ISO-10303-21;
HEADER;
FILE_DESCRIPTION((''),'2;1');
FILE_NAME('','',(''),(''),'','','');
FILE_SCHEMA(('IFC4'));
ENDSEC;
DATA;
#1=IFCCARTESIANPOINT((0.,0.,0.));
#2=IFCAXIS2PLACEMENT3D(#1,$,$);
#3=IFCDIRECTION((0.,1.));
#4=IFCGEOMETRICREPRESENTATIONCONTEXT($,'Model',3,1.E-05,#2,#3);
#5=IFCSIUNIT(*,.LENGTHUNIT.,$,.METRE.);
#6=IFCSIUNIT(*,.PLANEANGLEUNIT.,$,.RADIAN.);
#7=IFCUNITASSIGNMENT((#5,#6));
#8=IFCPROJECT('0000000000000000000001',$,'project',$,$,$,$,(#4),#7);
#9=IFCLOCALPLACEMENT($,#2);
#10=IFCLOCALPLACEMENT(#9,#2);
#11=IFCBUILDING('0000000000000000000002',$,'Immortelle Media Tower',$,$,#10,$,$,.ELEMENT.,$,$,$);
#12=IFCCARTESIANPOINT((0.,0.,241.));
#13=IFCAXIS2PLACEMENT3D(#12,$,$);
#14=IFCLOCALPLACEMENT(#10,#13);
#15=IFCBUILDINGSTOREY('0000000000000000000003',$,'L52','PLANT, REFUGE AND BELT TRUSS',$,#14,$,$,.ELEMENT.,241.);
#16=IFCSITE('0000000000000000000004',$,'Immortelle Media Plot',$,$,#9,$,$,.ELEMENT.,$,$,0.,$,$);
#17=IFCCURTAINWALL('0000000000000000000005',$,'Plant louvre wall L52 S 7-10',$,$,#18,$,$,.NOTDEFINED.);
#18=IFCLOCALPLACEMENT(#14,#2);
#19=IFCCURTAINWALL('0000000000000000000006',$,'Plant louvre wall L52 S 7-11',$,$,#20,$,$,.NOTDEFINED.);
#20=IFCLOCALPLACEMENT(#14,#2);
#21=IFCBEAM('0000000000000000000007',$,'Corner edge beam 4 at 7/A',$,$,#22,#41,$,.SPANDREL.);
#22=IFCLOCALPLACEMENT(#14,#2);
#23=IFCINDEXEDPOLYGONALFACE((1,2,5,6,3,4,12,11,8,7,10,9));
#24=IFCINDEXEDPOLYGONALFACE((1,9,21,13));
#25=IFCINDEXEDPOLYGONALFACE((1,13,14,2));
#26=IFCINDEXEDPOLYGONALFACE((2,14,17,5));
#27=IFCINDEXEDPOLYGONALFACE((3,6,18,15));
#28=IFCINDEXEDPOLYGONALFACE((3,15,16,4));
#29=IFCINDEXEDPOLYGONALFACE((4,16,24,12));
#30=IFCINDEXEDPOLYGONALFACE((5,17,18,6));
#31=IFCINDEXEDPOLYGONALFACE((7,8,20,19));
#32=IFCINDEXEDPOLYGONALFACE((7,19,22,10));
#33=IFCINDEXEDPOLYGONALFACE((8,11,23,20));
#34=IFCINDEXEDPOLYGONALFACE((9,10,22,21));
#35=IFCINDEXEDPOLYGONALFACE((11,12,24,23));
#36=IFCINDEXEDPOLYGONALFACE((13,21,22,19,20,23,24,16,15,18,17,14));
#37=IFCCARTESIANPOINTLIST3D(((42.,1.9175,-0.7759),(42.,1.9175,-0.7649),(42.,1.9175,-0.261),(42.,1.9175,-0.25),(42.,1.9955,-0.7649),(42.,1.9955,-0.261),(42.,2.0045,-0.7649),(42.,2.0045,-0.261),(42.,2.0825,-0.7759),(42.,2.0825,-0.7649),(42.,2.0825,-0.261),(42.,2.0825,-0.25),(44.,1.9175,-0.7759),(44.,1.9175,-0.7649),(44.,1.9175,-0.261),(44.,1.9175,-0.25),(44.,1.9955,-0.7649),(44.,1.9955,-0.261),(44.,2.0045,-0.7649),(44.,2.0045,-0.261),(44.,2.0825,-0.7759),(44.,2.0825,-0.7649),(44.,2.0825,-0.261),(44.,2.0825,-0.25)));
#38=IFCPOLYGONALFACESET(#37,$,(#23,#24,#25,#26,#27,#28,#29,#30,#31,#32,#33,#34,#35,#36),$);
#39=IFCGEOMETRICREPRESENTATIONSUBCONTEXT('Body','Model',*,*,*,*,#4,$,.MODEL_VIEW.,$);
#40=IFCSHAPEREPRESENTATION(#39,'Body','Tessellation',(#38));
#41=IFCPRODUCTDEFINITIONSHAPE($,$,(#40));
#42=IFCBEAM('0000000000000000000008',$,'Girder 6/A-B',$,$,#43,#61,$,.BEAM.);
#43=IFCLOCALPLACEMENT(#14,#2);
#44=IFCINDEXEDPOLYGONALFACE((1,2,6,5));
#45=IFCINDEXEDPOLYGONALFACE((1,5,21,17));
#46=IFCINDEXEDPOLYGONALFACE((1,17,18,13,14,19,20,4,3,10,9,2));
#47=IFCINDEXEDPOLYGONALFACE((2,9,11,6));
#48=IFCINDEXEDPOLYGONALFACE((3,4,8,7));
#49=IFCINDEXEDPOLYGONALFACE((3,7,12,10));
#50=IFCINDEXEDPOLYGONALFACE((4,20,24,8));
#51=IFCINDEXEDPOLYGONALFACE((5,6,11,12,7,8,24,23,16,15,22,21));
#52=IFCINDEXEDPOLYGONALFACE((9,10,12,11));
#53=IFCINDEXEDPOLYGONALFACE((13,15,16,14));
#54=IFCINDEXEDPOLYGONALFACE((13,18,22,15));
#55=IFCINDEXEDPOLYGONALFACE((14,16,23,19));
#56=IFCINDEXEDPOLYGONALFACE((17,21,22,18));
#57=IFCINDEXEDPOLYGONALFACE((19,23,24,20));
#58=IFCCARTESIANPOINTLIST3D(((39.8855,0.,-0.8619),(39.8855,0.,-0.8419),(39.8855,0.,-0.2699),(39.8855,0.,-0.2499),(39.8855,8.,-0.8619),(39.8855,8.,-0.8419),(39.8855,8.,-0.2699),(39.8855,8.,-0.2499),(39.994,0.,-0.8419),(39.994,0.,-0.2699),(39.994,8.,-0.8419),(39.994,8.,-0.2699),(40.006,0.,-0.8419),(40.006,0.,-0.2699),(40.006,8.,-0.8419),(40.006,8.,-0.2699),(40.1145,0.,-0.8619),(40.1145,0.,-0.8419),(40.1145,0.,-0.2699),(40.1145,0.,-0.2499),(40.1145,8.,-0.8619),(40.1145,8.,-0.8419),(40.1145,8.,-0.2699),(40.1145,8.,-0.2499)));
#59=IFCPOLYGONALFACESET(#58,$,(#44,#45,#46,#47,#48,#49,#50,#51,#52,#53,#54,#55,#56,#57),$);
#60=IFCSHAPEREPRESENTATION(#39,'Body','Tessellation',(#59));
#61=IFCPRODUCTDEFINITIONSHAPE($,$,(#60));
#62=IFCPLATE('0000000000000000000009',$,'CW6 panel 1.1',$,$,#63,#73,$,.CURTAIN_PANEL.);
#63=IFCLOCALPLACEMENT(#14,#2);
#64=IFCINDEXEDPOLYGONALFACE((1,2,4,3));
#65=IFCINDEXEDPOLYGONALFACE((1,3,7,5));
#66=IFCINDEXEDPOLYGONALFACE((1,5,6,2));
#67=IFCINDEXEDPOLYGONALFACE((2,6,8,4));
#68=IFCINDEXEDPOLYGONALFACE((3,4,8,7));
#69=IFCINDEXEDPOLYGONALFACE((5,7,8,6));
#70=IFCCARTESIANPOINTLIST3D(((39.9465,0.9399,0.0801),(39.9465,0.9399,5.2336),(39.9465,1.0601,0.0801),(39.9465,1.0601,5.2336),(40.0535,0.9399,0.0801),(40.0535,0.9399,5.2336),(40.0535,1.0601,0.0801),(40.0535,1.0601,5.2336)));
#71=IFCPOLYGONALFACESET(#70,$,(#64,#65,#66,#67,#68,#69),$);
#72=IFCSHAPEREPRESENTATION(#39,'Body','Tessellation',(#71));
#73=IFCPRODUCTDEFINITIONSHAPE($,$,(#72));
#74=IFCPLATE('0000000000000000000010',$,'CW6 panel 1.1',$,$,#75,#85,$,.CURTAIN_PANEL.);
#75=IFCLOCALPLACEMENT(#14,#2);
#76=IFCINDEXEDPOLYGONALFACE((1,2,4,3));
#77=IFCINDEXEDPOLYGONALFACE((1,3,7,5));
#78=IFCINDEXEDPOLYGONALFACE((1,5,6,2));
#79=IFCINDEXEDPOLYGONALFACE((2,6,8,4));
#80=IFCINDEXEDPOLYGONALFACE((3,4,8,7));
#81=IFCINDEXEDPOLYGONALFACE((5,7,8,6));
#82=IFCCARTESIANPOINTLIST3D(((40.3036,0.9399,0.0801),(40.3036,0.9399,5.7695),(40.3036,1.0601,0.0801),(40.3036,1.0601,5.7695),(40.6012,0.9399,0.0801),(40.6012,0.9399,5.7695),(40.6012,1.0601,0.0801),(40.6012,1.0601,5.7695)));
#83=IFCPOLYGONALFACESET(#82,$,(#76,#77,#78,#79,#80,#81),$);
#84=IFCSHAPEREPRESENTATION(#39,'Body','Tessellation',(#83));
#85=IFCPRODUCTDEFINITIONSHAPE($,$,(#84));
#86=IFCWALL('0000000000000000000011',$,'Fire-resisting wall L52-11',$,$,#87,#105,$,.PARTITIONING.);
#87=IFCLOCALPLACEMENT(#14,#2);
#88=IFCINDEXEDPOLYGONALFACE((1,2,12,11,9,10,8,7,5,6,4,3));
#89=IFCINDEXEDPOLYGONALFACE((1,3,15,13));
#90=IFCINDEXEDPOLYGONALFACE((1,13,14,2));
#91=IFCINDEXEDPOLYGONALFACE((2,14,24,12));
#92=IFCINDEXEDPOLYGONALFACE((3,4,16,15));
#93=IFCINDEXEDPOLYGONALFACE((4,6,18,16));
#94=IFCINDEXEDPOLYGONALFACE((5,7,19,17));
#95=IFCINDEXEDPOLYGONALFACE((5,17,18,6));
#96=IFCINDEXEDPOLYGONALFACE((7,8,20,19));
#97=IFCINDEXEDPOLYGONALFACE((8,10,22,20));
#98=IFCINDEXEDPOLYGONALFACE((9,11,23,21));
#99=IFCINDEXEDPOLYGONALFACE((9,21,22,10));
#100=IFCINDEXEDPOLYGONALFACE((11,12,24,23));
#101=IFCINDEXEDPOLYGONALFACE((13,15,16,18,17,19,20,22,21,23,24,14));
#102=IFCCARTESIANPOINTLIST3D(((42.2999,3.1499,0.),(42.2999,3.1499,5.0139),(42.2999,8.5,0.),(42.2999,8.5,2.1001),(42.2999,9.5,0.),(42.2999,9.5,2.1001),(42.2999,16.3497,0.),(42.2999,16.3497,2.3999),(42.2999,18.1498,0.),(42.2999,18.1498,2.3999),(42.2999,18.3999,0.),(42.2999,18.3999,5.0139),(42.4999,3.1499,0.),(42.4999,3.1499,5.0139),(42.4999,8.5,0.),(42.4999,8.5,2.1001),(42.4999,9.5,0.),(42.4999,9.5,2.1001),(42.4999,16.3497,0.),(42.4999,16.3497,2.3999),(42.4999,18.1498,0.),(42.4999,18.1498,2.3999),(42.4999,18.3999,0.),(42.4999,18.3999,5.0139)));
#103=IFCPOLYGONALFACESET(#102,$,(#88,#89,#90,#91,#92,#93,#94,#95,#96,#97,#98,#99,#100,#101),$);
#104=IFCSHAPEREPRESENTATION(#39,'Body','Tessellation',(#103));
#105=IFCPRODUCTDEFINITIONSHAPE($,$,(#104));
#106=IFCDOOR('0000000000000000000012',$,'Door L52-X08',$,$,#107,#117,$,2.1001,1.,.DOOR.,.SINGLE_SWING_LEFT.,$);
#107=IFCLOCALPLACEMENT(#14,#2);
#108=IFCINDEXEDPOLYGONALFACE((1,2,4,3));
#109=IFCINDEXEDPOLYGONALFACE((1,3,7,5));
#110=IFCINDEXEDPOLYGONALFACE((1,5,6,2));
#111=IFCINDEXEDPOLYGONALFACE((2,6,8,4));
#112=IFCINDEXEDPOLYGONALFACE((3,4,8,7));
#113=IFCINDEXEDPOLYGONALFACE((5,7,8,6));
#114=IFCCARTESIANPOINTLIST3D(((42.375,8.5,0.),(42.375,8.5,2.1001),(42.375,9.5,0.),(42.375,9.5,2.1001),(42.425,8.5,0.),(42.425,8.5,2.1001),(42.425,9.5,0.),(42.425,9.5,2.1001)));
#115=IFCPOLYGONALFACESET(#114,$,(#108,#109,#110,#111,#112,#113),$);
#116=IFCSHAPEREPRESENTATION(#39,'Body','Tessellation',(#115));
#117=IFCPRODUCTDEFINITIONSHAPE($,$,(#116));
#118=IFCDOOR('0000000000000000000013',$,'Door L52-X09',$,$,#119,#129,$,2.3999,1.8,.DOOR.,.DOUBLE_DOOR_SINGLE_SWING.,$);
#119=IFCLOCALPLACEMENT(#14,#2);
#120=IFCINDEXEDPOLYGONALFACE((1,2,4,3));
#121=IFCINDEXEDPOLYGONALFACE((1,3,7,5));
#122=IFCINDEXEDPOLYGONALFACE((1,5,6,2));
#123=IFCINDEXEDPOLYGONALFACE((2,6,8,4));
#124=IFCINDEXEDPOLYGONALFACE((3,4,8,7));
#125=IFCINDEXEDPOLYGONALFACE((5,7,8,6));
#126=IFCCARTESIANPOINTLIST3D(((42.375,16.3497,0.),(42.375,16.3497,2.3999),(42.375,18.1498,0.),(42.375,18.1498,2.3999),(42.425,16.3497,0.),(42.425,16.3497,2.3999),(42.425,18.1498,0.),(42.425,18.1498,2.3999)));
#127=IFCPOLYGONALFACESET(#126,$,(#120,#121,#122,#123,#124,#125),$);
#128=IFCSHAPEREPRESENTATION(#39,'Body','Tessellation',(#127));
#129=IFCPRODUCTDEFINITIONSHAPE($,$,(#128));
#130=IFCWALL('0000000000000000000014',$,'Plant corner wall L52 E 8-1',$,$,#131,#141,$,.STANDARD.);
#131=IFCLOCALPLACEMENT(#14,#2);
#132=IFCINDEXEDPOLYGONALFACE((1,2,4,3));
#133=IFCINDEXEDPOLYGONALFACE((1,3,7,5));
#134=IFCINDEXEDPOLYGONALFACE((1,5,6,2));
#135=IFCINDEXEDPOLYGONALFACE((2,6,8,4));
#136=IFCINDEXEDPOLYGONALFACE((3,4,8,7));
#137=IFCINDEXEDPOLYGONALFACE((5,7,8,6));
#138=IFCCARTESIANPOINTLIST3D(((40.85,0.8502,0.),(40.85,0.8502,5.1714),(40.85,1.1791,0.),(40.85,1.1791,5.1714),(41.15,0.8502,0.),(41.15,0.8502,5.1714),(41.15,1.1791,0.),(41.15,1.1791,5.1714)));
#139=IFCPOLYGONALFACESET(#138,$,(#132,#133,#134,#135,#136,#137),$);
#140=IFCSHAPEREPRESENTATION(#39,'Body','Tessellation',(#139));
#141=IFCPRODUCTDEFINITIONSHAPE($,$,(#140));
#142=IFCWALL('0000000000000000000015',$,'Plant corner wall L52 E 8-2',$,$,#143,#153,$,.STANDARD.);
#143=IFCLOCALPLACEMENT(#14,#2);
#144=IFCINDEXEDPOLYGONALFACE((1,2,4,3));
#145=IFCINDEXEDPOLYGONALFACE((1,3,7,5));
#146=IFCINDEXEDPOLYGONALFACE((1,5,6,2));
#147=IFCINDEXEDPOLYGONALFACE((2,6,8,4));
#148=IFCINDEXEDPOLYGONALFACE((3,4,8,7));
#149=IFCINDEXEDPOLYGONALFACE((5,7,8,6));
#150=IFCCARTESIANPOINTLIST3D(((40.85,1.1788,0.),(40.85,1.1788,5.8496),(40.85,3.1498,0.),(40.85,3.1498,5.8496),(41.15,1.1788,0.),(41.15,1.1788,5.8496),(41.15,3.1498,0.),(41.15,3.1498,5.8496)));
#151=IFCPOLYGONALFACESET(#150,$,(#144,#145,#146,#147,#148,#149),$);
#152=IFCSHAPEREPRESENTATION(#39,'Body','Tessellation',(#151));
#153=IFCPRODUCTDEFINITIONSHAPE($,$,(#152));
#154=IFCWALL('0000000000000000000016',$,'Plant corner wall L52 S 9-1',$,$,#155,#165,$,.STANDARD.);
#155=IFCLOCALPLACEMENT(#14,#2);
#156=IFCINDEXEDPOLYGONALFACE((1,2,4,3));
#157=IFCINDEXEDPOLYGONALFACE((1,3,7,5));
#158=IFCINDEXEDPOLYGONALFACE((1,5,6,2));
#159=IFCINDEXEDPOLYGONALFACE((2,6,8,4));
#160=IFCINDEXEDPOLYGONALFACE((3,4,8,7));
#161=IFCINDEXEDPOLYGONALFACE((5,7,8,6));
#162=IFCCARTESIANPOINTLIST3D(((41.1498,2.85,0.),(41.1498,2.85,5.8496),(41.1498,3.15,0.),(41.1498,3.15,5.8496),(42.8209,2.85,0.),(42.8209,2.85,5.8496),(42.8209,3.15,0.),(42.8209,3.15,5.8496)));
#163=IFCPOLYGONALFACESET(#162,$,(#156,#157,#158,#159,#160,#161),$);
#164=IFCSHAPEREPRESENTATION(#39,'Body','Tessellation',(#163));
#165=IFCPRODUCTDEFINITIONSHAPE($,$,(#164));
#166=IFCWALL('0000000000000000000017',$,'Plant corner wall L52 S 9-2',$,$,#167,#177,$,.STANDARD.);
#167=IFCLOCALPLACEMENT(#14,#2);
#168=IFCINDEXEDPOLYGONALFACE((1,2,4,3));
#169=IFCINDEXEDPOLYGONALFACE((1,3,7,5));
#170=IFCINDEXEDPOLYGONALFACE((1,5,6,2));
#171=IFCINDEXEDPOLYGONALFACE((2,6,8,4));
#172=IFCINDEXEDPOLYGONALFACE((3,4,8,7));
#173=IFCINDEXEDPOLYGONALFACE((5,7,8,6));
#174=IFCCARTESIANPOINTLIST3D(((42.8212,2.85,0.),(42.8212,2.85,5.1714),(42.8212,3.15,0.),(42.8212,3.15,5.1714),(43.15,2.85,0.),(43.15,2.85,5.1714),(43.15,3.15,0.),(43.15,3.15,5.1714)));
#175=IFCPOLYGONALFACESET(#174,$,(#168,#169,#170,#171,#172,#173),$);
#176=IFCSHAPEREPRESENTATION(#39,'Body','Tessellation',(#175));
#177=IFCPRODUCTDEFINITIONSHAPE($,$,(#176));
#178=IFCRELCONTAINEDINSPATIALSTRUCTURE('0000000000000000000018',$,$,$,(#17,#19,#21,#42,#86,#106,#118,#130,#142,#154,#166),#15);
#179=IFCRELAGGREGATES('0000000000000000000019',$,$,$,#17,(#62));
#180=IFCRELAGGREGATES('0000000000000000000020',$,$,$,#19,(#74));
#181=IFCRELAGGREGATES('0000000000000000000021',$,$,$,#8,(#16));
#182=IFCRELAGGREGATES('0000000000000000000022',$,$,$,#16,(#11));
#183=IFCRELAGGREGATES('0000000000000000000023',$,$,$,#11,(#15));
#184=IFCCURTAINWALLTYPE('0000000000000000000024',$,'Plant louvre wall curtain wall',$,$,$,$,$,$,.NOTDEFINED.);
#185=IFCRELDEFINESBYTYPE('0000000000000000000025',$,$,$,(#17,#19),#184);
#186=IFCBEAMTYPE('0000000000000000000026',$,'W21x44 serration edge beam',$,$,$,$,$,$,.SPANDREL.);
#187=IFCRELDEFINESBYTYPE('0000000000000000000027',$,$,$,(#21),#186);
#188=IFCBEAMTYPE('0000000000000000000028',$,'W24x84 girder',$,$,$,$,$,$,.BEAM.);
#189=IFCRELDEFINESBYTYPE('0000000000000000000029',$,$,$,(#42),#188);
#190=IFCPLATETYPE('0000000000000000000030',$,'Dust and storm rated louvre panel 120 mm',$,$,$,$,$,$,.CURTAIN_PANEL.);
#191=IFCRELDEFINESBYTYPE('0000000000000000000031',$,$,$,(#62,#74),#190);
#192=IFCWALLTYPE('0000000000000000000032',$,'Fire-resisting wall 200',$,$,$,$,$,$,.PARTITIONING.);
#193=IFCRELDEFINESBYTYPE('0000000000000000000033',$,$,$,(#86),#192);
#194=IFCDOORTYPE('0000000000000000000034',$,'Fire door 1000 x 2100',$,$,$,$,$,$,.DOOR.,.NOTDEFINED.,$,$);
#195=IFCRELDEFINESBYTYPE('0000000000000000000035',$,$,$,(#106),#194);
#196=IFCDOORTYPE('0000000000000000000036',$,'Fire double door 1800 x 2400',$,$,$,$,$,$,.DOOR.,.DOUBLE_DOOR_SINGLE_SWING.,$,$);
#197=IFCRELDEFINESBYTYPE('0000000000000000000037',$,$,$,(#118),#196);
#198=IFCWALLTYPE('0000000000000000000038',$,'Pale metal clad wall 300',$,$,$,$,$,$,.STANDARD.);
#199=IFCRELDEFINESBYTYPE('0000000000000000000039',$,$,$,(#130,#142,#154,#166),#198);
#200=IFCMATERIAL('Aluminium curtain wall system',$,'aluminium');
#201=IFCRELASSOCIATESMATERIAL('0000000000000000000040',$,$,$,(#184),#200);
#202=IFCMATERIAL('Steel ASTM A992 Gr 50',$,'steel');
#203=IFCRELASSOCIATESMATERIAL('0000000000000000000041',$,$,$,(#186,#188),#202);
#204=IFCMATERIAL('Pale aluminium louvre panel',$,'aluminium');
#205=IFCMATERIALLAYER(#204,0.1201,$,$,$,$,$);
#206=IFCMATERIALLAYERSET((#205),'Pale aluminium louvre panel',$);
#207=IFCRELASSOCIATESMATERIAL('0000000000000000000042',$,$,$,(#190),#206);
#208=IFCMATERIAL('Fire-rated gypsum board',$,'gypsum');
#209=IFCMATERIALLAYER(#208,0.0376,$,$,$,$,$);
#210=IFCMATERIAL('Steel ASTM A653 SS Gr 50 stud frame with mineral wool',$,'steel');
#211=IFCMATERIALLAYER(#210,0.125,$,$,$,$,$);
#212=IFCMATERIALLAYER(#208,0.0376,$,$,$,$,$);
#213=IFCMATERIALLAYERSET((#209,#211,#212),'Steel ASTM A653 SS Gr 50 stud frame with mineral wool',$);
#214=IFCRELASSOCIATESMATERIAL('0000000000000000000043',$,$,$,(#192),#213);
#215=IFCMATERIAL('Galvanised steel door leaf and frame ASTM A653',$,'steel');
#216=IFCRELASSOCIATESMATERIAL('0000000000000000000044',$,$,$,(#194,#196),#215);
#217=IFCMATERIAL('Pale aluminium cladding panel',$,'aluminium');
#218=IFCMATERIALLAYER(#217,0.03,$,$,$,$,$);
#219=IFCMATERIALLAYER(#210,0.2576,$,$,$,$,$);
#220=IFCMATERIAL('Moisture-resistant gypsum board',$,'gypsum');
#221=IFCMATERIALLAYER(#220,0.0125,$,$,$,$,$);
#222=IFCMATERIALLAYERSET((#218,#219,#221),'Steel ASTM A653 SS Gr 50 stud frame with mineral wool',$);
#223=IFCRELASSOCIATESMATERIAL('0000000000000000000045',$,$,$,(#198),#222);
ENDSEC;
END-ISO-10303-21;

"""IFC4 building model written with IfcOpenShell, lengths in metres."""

from ifc_helpers import new_model, si_unit, direction, frame, frame_2d, origin, origin_2d, place, context, subcontext, project, spatial, rectangle, i_section, extrude, material, layer, layer_set, material_profile, profile_set, type_object, element, fill, aggregate, save


model = new_model("IFC4")

# Units and contexts
model_context = context("Model", 3, precision=1e-05, world=origin(), true_north=direction((0.0, 1.0)))
body_context = subcontext(model_context, "Body", "Model", "MODEL_VIEW")
ifc_project = project(units=[si_unit("LENGTHUNIT", "METRE"), si_unit("PLANEANGLEUNIT", "RADIAN")], contexts=[model_context])

# Site, building, storey
site_placement = place(None, origin())
site = spatial("IfcSite", under=ifc_project, at=site_placement, Name="Immortelle Media Plot", CompositionType="ELEMENT", RefElevation=0.0)
building_placement = place(site_placement, origin())
building = spatial("IfcBuilding", under=site, at=building_placement, Name="Immortelle Media Tower", CompositionType="ELEMENT")
storey_placement = place(building_placement, frame((0.0, 0.0, 241.0)))
storey = spatial("IfcBuildingStorey", under=building, at=storey_placement, Name="L52", Description="PLANT, REFUGE AND BELT TRUSS", CompositionType="ELEMENT", Elevation=241.0)

# Shared definitions
ifc_material_1 = material(Name="Steel ASTM A992 Gr 50", Category="steel")

# Shared definitions
ifc_material_2 = material(Name="Aluminium curtain wall system", Category="aluminium")
curtain_wall_type = type_object("IfcCurtainWallType", Name="Plant louvre wall curtain wall", PredefinedType="NOTDEFINED", material=ifc_material_2)

# Curtain walls
curtain_wall_1_placement = place(storey_placement, origin())
curtain_wall_1 = element("IfcCurtainWall", 1, at=curtain_wall_1_placement, inside=storey, type_object=curtain_wall_type, Name="Plant louvre wall L52 S 7-10", PredefinedType="NOTDEFINED")
curtain_wall_2_placement = place(storey_placement, origin())
curtain_wall_2 = element("IfcCurtainWall", 2, at=curtain_wall_2_placement, inside=storey, type_object=curtain_wall_type, Name="Plant louvre wall L52 S 7-11", PredefinedType="NOTDEFINED")

# Beams
ifc_material_profile_1 = material_profile(ifc_material_1, i_section(OverallWidth=0.165, OverallDepth=0.5259, WebThickness=0.009, FlangeThickness=0.011, at=origin_2d()), Name="W21x44")
ifc_profile_set_1 = profile_set([ifc_material_profile_1], Name="Steel ASTM A992 Gr 50")
beam_type_1 = type_object("IfcBeamType", Name="W21x44 serration edge beam", PredefinedType="SPANDREL", material=ifc_profile_set_1)
for number, where, z_axis, x_axis, name in (
    (3, (44.0, 2.0, -0.5129), (-1.0, 0.0, 0.0), (0.0, -1.0, 0.0), "Corner edge beam 4 at 7/A"),
):
    element("IfcBeam", number, at=place(storey_placement, frame(where, z_axis=z_axis, x_axis=x_axis)), inside=storey, type_object=beam_type_1, Name=name, PredefinedType="SPANDREL", context=body_context, shape_type="SweptSolid", body=[
        extrude(i_section(OverallWidth=0.165, OverallDepth=0.5259, WebThickness=0.009, FlangeThickness=0.011, at=origin_2d()), origin(), (0.0, 0.0, 1.0), 2.0),
    ])
ifc_material_profile_2 = material_profile(ifc_material_1, i_section(OverallWidth=0.229, OverallDepth=0.6121, WebThickness=0.012, FlangeThickness=0.02, at=origin_2d()), Name="W24x84")
ifc_profile_set_2 = profile_set([ifc_material_profile_2], Name="Steel ASTM A992 Gr 50")
beam_type_2 = type_object("IfcBeamType", Name="W24x84 girder", PredefinedType="BEAM", material=ifc_profile_set_2)
beam_placement = place(storey_placement, frame((40.0, 0.0, -0.5559), z_axis=(0.0, 1.0, 0.0), x_axis=(-1.0, 0.0, 0.0)))
element("IfcBeam", 4, at=beam_placement, inside=storey, type_object=beam_type_2, Name="Girder 6/A-B", PredefinedType="BEAM", context=body_context, shape_type="SweptSolid", body=[
    extrude(i_section(OverallWidth=0.229, OverallDepth=0.6121, WebThickness=0.012, FlangeThickness=0.02, at=origin_2d()), origin(), (0.0, 0.0, 1.0), 8.0),
])

# Plates
ifc_material_3 = material(Name="Pale aluminium louvre panel", Category="aluminium")
ifc_layer_1 = layer(ifc_material_3, 0.1201)
ifc_layer_set_1 = layer_set([ifc_layer_1], Name="Pale aluminium louvre panel")
plate_type = type_object("IfcPlateType", Name="Dust and storm rated louvre panel 120 mm", PredefinedType="CURTAIN_PANEL", material=ifc_layer_set_1)
plate_1_placement = place(storey_placement, frame((40.0, 1.0, 0.0801), z_axis=(0.0, 0.0, 1.0), x_axis=(1.0, 0.0, 0.0)))
plate_1 = element("IfcPlate", 5, at=plate_1_placement, type_object=plate_type, Name="CW6 panel 1.1", PredefinedType="CURTAIN_PANEL", context=body_context, shape_type="SweptSolid", body=[
    extrude(rectangle(XDim=0.1069, YDim=0.1201, at=origin_2d()), origin(), (0.0, 0.0, 1.0), 5.1536),
])
aggregate(curtain_wall_1, [plate_1])
plate_2_placement = place(storey_placement, frame((40.4524, 1.0, 0.0801), z_axis=(0.0, 0.0, 1.0), x_axis=(1.0, 0.0, 0.0)))
plate_2 = element("IfcPlate", 6, at=plate_2_placement, type_object=plate_type, Name="CW6 panel 1.1", PredefinedType="CURTAIN_PANEL", context=body_context, shape_type="SweptSolid", body=[
    extrude(rectangle(XDim=0.2976, YDim=0.1201, at=origin_2d()), origin(), (0.0, 0.0, 1.0), 5.6895),
])
aggregate(curtain_wall_2, [plate_2])

# Wall, openings, doors
ifc_material_4 = material(Name="Fire-rated gypsum board", Category="gypsum")
ifc_layer_2 = layer(ifc_material_4, 0.0376)
ifc_material_5 = material(Name="Steel ASTM A653 SS Gr 50 stud frame with mineral wool", Category="steel")
ifc_layer_3 = layer(ifc_material_5, 0.125)
ifc_layer_4 = layer(ifc_material_4, 0.0376)
ifc_layer_set_2 = layer_set([ifc_layer_2, ifc_layer_3, ifc_layer_4], Name="Steel ASTM A653 SS Gr 50 stud frame with mineral wool")
wall_type_1 = type_object("IfcWallType", Name="Fire-resisting wall 200", PredefinedType="PARTITIONING", material=ifc_layer_set_2)
wall_1_placement = place(storey_placement, frame((42.3999, 3.1499, 0.0), z_axis=(0.0, 0.0, 1.0), x_axis=(0.0, 1.0, 0.0)))
wall_1 = element("IfcWall", 7, at=wall_1_placement, inside=storey, type_object=wall_type_1, Name="Fire-resisting wall L52-11", PredefinedType="PARTITIONING", context=body_context, shape_type="SweptSolid", body=[
    extrude(rectangle(XDim=15.25, YDim=0.2, at=frame_2d((7.625, 0.0))), origin(), (0.0, 0.0, 1.0), 5.0139),
])
opening_1_placement = place(wall_1_placement, frame((5.3501, 0.0, 0.0)))
opening_1 = element("IfcOpeningElement", 8, at=opening_1_placement, cuts=wall_1, PredefinedType="OPENING", context=body_context, shape_type="SweptSolid", body=[
    extrude(rectangle(XDim=1.0, YDim=2.1001, at=frame_2d((0.5, 1.05))), frame((0.0, 0.1099, 0.0), z_axis=(0.0, -1.0, 0.0), x_axis=(1.0, 0.0, 0.0)), (0.0, 0.0, 1.0), 0.22),
])
opening_2_placement = place(wall_1_placement, frame((13.2, 0.0, 0.0)))
opening_2 = element("IfcOpeningElement", 9, at=opening_2_placement, cuts=wall_1, PredefinedType="OPENING", context=body_context, shape_type="SweptSolid", body=[
    extrude(rectangle(XDim=1.8, YDim=2.3999, at=frame_2d((0.8999, 1.2))), frame((0.0, 0.1099, 0.0), z_axis=(0.0, -1.0, 0.0), x_axis=(1.0, 0.0, 0.0)), (0.0, 0.0, 1.0), 0.22),
])
ifc_material_6 = material(Name="Galvanised steel door leaf and frame ASTM A653", Category="steel")
door_type_1 = type_object("IfcDoorType", Name="Fire door 1000 x 2100", OperationType="NOTDEFINED", PredefinedType="DOOR", material=ifc_material_6)
door_1_placement = place(opening_1_placement, origin())
door_1 = element("IfcDoor", 10, at=door_1_placement, inside=storey, type_object=door_type_1, Name="Door L52-X08", OperationType="SINGLE_SWING_LEFT", OverallHeight=2.1001, OverallWidth=1.0, PredefinedType="DOOR", context=body_context, shape_type="SweptSolid", body=[
    extrude(rectangle(XDim=1.0, YDim=2.1001, at=frame_2d((0.5, 1.05))), frame((0.0, 0.0249, 0.0), z_axis=(0.0, -1.0, 0.0), x_axis=(1.0, 0.0, 0.0)), (0.0, 0.0, 1.0), 0.05),
])
fill(opening_1, door_1)
door_type_2 = type_object("IfcDoorType", Name="Fire double door 1800 x 2400", OperationType="DOUBLE_DOOR_SINGLE_SWING", PredefinedType="DOOR", material=ifc_material_6)
door_2_placement = place(opening_2_placement, origin())
door_2 = element("IfcDoor", 11, at=door_2_placement, inside=storey, type_object=door_type_2, Name="Door L52-X09", OperationType="DOUBLE_DOOR_SINGLE_SWING", OverallHeight=2.3999, OverallWidth=1.8, PredefinedType="DOOR", context=body_context, shape_type="SweptSolid", body=[
    extrude(rectangle(XDim=1.8, YDim=2.3999, at=frame_2d((0.8999, 1.2))), frame((0.0, 0.0249, 0.0), z_axis=(0.0, -1.0, 0.0), x_axis=(1.0, 0.0, 0.0)), (0.0, 0.0, 1.0), 0.05),
])
fill(opening_2, door_2)

# Walls
ifc_material_7 = material(Name="Pale aluminium cladding panel", Category="aluminium")
ifc_layer_5 = layer(ifc_material_7, 0.03)
ifc_layer_6 = layer(ifc_material_5, 0.2576)
ifc_material_8 = material(Name="Moisture-resistant gypsum board", Category="gypsum")
ifc_layer_7 = layer(ifc_material_8, 0.0125)
ifc_layer_set_3 = layer_set([ifc_layer_5, ifc_layer_6, ifc_layer_7], Name="Steel ASTM A653 SS Gr 50 stud frame with mineral wool")
wall_type_2 = type_object("IfcWallType", Name="Pale metal clad wall 300", PredefinedType="STANDARD", material=ifc_layer_set_3)
wall_2_placement = place(storey_placement, frame((41.0, 0.8501, 0.0), z_axis=(0.0, 0.0, 1.0), x_axis=(0.0, 1.0, 0.0)))
element("IfcWall", 12, at=wall_2_placement, inside=storey, type_object=wall_type_2, Name="Plant corner wall L52 E 8-1", PredefinedType="STANDARD", context=body_context, shape_type="SweptSolid", body=[
    extrude(rectangle(XDim=0.3289, YDim=0.3, at=frame_2d((0.1646, 0.0))), origin(), (0.0, 0.0, 1.0), 5.1714),
])
wall_3_placement = place(storey_placement, frame((41.0, 1.179, 0.0), z_axis=(0.0, 0.0, 1.0), x_axis=(0.0, 1.0, 0.0)))
element("IfcWall", 13, at=wall_3_placement, inside=storey, type_object=wall_type_2, Name="Plant corner wall L52 E 8-2", PredefinedType="STANDARD", context=body_context, shape_type="SweptSolid", body=[
    extrude(rectangle(XDim=1.9709, YDim=0.3, at=frame_2d((0.9854, 0.0))), origin(), (0.0, 0.0, 1.0), 5.8496),
])
wall_4_placement = place(storey_placement, frame((41.1499, 3.0, 0.0), z_axis=(0.0, 0.0, 1.0), x_axis=(1.0, 0.0, 0.0)))
element("IfcWall", 14, at=wall_4_placement, inside=storey, type_object=wall_type_2, Name="Plant corner wall L52 S 9-1", PredefinedType="STANDARD", context=body_context, shape_type="SweptSolid", body=[
    extrude(rectangle(XDim=1.6711, YDim=0.3, at=frame_2d((0.8354, 0.0))), origin(), (0.0, 0.0, 1.0), 5.8496),
])
wall_5_placement = place(storey_placement, frame((42.821, 3.0, 0.0), z_axis=(0.0, 0.0, 1.0), x_axis=(1.0, 0.0, 0.0)))
element("IfcWall", 15, at=wall_5_placement, inside=storey, type_object=wall_type_2, Name="Plant corner wall L52 S 9-2", PredefinedType="STANDARD", context=body_context, shape_type="SweptSolid", body=[
    extrude(rectangle(XDim=0.3289, YDim=0.3, at=frame_2d((0.1646, 0.0))), origin(), (0.0, 0.0, 1.0), 5.1714),
])

save(model, "model.ifc")
